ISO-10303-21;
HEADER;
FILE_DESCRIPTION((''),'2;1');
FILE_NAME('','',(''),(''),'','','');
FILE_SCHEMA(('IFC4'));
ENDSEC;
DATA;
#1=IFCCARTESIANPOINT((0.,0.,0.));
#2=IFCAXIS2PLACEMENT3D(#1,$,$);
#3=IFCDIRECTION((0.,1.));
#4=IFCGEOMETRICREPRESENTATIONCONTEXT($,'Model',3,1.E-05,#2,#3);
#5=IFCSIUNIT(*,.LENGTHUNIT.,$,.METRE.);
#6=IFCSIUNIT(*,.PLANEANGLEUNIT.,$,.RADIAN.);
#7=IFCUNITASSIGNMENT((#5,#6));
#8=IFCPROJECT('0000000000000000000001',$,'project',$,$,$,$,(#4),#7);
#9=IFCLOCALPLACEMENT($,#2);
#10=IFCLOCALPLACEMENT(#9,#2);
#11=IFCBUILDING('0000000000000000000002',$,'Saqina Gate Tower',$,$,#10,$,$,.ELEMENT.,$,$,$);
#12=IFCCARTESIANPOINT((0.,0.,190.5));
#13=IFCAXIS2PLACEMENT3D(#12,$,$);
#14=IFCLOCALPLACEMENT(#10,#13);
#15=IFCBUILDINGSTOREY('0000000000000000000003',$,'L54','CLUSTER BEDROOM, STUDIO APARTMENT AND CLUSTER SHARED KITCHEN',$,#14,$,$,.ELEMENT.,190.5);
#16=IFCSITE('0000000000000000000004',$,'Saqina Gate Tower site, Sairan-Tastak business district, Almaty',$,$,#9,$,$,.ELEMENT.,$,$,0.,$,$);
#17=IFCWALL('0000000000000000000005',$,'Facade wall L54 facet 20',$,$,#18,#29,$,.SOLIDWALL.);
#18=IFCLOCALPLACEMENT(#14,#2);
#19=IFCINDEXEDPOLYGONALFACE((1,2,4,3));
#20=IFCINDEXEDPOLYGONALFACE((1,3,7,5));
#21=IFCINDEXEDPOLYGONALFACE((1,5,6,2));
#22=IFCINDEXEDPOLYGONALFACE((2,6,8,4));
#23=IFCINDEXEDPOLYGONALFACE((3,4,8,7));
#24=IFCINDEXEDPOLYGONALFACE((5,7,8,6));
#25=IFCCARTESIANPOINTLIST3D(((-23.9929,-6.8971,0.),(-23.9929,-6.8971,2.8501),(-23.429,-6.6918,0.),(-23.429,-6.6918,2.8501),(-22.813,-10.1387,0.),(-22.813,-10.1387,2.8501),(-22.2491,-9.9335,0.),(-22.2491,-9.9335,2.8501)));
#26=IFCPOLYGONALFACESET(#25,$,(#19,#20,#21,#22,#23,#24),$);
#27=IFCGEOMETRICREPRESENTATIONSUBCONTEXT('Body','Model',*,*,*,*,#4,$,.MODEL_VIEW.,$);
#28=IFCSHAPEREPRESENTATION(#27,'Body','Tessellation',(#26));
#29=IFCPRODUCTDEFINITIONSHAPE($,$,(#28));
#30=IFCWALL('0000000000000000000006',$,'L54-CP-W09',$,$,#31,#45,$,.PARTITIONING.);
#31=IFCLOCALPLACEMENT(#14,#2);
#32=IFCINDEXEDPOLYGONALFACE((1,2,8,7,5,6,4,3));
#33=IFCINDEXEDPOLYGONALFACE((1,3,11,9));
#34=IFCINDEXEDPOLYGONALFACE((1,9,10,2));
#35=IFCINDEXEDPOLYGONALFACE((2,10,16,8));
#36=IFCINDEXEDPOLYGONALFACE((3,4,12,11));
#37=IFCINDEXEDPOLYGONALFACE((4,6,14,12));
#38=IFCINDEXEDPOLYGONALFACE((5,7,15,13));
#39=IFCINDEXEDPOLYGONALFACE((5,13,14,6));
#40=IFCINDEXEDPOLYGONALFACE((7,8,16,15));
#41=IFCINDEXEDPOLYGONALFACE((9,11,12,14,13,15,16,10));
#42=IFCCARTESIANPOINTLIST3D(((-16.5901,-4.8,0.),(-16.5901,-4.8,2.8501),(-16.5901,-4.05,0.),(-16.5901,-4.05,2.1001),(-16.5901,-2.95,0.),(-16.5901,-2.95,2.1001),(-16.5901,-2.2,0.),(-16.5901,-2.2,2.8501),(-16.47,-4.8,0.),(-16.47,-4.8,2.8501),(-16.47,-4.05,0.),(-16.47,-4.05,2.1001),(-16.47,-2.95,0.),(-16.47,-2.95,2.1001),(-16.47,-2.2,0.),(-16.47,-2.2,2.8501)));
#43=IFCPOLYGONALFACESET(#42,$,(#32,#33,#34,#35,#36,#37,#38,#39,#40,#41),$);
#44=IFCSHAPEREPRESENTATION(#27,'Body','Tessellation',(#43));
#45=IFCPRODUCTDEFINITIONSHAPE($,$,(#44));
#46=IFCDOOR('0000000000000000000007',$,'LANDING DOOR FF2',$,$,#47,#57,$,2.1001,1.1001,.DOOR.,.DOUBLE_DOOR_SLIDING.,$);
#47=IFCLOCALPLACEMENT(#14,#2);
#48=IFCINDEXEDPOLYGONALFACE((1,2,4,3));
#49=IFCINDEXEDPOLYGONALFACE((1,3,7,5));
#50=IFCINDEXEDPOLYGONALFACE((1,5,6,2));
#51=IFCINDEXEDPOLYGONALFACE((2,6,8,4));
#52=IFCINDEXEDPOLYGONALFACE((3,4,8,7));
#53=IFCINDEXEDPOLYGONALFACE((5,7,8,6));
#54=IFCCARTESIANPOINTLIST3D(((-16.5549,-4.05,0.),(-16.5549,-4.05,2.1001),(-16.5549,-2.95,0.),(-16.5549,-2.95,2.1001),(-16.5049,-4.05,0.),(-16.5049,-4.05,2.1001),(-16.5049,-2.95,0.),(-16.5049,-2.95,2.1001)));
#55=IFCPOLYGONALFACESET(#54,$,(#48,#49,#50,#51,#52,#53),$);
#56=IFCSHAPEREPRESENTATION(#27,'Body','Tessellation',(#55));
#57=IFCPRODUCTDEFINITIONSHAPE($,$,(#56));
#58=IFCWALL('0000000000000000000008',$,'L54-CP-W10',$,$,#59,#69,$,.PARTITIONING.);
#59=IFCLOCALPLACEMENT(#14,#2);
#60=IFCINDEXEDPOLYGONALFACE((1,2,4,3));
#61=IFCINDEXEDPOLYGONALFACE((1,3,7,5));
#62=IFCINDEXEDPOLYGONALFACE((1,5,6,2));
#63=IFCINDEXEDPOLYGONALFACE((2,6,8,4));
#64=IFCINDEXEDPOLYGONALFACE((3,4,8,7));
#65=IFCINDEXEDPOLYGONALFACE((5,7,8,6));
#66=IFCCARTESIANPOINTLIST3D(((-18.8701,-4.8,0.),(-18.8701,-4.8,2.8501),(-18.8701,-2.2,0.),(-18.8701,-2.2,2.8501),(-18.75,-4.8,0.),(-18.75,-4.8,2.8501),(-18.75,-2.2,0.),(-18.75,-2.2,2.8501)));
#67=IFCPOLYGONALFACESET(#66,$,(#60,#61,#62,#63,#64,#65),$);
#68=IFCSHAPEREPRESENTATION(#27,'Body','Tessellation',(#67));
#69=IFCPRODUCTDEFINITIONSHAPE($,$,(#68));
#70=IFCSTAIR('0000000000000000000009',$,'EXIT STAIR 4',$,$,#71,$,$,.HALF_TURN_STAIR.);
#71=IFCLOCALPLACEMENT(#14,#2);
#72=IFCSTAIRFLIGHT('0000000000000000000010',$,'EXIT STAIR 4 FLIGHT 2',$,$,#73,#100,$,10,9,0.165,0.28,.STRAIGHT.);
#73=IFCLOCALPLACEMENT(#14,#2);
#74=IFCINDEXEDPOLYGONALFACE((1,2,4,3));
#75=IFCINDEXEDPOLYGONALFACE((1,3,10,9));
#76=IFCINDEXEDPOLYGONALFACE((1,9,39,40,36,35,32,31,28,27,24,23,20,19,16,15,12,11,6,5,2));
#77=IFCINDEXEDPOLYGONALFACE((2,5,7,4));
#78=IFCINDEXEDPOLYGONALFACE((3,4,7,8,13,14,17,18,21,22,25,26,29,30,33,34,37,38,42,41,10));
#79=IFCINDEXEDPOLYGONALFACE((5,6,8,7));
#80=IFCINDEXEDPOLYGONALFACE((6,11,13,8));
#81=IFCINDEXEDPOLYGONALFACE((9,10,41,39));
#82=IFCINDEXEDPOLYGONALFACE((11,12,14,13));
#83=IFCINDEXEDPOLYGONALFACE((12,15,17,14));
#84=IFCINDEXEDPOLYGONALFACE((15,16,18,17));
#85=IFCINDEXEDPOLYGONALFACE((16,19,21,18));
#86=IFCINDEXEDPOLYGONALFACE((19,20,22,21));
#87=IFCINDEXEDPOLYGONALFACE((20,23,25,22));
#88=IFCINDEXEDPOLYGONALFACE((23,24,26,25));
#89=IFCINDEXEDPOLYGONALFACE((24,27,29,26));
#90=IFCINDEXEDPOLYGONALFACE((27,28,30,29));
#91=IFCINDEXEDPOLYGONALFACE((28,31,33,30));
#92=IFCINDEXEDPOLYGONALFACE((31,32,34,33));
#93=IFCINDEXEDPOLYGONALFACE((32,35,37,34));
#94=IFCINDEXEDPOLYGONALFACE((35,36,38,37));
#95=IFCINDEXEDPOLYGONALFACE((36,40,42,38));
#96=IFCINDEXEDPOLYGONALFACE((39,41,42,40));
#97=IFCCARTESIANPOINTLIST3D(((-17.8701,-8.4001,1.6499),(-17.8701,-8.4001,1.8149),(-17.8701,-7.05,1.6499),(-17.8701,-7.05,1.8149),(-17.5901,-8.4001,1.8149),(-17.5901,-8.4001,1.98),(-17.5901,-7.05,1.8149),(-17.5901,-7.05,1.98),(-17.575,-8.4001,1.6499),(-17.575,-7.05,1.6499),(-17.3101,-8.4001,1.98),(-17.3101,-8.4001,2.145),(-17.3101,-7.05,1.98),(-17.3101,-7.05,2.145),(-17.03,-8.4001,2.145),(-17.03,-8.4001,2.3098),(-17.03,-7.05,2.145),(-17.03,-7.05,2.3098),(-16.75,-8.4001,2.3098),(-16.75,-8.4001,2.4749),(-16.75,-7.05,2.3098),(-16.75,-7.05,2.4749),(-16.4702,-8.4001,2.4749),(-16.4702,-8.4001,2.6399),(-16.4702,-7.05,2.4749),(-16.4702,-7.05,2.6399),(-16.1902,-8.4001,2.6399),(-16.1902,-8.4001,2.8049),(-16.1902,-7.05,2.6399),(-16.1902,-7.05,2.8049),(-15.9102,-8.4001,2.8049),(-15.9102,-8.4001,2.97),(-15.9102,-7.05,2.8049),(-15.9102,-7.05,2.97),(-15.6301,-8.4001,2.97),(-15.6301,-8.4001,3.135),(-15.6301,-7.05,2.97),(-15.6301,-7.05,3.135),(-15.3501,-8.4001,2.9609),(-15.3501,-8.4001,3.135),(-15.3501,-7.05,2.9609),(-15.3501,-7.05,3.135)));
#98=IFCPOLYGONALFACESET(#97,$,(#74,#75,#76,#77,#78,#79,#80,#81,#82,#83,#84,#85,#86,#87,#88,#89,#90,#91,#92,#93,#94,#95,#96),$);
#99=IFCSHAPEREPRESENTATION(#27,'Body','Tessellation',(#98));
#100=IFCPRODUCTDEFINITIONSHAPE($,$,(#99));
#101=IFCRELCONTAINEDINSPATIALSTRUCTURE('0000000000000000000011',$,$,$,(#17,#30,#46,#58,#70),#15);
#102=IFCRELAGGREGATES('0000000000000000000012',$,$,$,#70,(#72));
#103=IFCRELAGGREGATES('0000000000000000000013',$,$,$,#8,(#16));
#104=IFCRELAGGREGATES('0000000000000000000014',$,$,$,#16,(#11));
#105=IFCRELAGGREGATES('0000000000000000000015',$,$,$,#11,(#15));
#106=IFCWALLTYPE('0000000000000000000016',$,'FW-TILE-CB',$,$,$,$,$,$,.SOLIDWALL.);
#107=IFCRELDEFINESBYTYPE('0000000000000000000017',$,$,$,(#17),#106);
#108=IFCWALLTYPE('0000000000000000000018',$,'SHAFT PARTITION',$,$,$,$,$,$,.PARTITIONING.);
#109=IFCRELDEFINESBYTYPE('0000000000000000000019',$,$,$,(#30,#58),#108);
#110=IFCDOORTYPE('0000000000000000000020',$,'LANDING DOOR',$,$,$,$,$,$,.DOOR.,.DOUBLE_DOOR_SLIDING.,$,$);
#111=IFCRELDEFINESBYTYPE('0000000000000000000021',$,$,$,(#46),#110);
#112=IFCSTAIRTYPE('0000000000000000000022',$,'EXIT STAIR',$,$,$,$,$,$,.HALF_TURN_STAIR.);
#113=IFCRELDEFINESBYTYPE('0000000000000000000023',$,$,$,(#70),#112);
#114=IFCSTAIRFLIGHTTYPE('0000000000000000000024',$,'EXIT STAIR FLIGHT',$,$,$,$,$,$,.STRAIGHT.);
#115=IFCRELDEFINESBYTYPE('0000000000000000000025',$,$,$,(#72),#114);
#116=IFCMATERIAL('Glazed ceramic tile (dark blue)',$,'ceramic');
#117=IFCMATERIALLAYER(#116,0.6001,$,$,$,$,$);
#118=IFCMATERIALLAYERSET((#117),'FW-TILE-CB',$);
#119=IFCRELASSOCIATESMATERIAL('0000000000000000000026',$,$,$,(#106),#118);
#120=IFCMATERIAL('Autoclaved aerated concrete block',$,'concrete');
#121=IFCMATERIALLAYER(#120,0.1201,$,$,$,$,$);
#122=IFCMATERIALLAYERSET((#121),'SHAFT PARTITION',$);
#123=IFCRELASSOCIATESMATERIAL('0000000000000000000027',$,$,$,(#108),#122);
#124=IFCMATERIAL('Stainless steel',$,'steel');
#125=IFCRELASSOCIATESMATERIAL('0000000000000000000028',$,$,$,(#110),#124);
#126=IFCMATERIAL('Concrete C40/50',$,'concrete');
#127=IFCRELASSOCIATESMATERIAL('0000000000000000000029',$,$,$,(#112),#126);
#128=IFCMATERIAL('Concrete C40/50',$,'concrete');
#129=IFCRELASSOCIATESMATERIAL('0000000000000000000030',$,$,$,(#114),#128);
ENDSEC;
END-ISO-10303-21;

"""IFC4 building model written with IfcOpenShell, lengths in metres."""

from ifc_helpers import new_model, si_unit, direction, frame, frame_2d, origin, place, context, subcontext, project, spatial, polyline, rectangle, outline, extrude, material, layer, layer_set, type_object, element, fill, aggregate, save


model = new_model("IFC4")

# Units and contexts
model_context = context("Model", 3, precision=1e-05, world=origin(), true_north=direction((0.0, 1.0)))
body_context = subcontext(model_context, "Body", "Model", "MODEL_VIEW")
ifc_project = project(units=[si_unit("LENGTHUNIT", "METRE"), si_unit("PLANEANGLEUNIT", "RADIAN")], contexts=[model_context])

# Site, building, storey
site_placement = place(None, origin())
site = spatial("IfcSite", under=ifc_project, at=site_placement, Name="Saqina Gate Tower site, Sairan-Tastak business district, Almaty", CompositionType="ELEMENT", RefElevation=0.0)
building_placement = place(site_placement, origin())
building = spatial("IfcBuilding", under=site, at=building_placement, Name="Saqina Gate Tower", CompositionType="ELEMENT")
storey_placement = place(building_placement, frame((0.0, 0.0, 190.5)))
storey = spatial("IfcBuildingStorey", under=building, at=storey_placement, Name="L54", Description="CLUSTER BEDROOM, STUDIO APARTMENT AND CLUSTER SHARED KITCHEN", CompositionType="ELEMENT", Elevation=190.5)

# Wall
ifc_material_1 = material(Name="Glazed ceramic tile (dark blue)", Category="ceramic")
ifc_layer_1 = layer(ifc_material_1, 0.6001)
ifc_layer_set_1 = layer_set([ifc_layer_1], Name="FW-TILE-CB")
wall_type_1 = type_object("IfcWallType", Name="FW-TILE-CB", PredefinedType="SOLIDWALL", material=ifc_layer_set_1)
wall_1_placement = place(storey_placement, frame((-23.7109, -6.7944, 0.0), z_axis=(0.0, 0.0, 1.0), x_axis=(0.342033, -0.939688, 0.0)))
element("IfcWall", 1, at=wall_1_placement, inside=storey, type_object=wall_type_1, Name="Facade wall L54 facet 20", PredefinedType="SOLIDWALL", context=body_context, shape_type="SweptSolid", body=[
    extrude(rectangle(XDim=3.4497, YDim=0.6001, at=frame_2d((1.7249, 0.0))), origin(), (0.0, 0.0, 1.0), 2.8501),
])

# Wall, opening, door
ifc_material_2 = material(Name="Autoclaved aerated concrete block", Category="concrete")
ifc_layer_2 = layer(ifc_material_2, 0.1201)
ifc_layer_set_2 = layer_set([ifc_layer_2], Name="SHAFT PARTITION")
wall_type_2 = type_object("IfcWallType", Name="SHAFT PARTITION", PredefinedType="PARTITIONING", material=ifc_layer_set_2)
wall_2_placement = place(storey_placement, frame((-16.53, -4.8, 0.0), z_axis=(0.0, 0.0, 1.0), x_axis=(0.0, 1.0, 0.0)))
wall_2 = element("IfcWall", 2, at=wall_2_placement, inside=storey, type_object=wall_type_2, Name="L54-CP-W09", PredefinedType="PARTITIONING", context=body_context, shape_type="SweptSolid", body=[
    extrude(rectangle(XDim=2.6001, YDim=0.1201, at=frame_2d((1.3, 0.0))), origin(), (0.0, 0.0, 1.0), 2.8501),
])
opening_1_placement = place(wall_2_placement, frame((0.75, 0.0, 0.0)))
opening_1 = element("IfcOpeningElement", 3, at=opening_1_placement, cuts=wall_2, PredefinedType="OPENING", context=body_context, shape_type="SweptSolid", body=[
    extrude(rectangle(XDim=1.1001, YDim=2.1001, at=frame_2d((0.55, 1.05))), frame((0.0, 0.072, 0.0), z_axis=(0.0, -1.0, 0.0), x_axis=(1.0, 0.0, 0.0)), (0.0, 0.0, 1.0), 0.144),
])
ifc_material_3 = material(Name="Stainless steel", Category="steel")
door_type_1 = type_object("IfcDoorType", Name="LANDING DOOR", OperationType="DOUBLE_DOOR_SLIDING", PredefinedType="DOOR", material=ifc_material_3)
door_1_placement = place(opening_1_placement, origin())
door_1 = element("IfcDoor", 4, at=door_1_placement, inside=storey, type_object=door_type_1, Name="LANDING DOOR FF2", OperationType="DOUBLE_DOOR_SLIDING", OverallHeight=2.1001, OverallWidth=1.1001, PredefinedType="DOOR", context=body_context, shape_type="SweptSolid", body=[
    extrude(rectangle(XDim=1.1001, YDim=2.1001, at=frame_2d((0.55, 1.05))), frame((0.0, 0.0249, 0.0), z_axis=(0.0, -1.0, 0.0), x_axis=(1.0, 0.0, 0.0)), (0.0, 0.0, 1.0), 0.05),
])
fill(opening_1, door_1)

# Wall
wall_3_placement = place(storey_placement, frame((-18.8101, -4.8, 0.0), z_axis=(0.0, 0.0, 1.0), x_axis=(0.0, 1.0, 0.0)))
element("IfcWall", 5, at=wall_3_placement, inside=storey, type_object=wall_type_2, Name="L54-CP-W10", PredefinedType="PARTITIONING", context=body_context, shape_type="SweptSolid", body=[
    extrude(rectangle(XDim=2.6001, YDim=0.1201, at=frame_2d((1.3, 0.0))), origin(), (0.0, 0.0, 1.0), 2.8501),
])

# Stair, stair flight
ifc_material_4 = material(Name="Concrete C40/50", Category="concrete")
stair_type = type_object("IfcStairType", Name="EXIT STAIR", PredefinedType="HALF_TURN_STAIR", material=ifc_material_4)
stair_placement = place(storey_placement, origin())
stair = element("IfcStair", 6, at=stair_placement, inside=storey, type_object=stair_type, Name="EXIT STAIR 4", PredefinedType="HALF_TURN_STAIR")
ifc_material_5 = material(Name="Concrete C40/50", Category="concrete")
stair_flight_type = type_object("IfcStairFlightType", Name="EXIT STAIR FLIGHT", PredefinedType="STRAIGHT", material=ifc_material_5)
stair_flight_placement = place(storey_placement, frame((-17.8701, -7.7251, 1.6499), z_axis=(0.0, 0.0, 1.0), x_axis=(1.0, 0.0, 0.0)))
stair_flight = element("IfcStairFlight", 7, at=stair_flight_placement, type_object=stair_flight_type, Name="EXIT STAIR 4 FLIGHT 2", NumberOfRisers=10, NumberOfTreads=9, PredefinedType="STRAIGHT", RiserHeight=0.165, TreadLength=0.28, context=body_context, shape_type="SweptSolid", body=[
    extrude(outline(polyline([(0.0, 0.0), (0.0, 0.165), (0.28, 0.165), (0.28, 0.3301), (0.5601, 0.3301), (0.5601, 0.4951), (0.8401, 0.4951), (0.8401, 0.6599), (1.1201, 0.6599), (1.1201, 0.825), (1.3999, 0.825), (1.3999, 0.99), (1.6799, 0.99), (1.6799, 1.155), (1.96, 1.155), (1.96, 1.3201), (2.24, 1.3201), (2.24, 1.4851), (2.52, 1.4851), (2.52, 1.6499), (2.52, 1.311), (0.2952, 0.0), (0.0, 0.0)])), frame((0.0, 0.675, 0.0), z_axis=(0.0, -1.0, 0.0), x_axis=(1.0, 0.0, 0.0)), (0.0, 0.0, 1.0), 1.3501),
])
aggregate(stair, [stair_flight])

save(model, "model.ifc")
